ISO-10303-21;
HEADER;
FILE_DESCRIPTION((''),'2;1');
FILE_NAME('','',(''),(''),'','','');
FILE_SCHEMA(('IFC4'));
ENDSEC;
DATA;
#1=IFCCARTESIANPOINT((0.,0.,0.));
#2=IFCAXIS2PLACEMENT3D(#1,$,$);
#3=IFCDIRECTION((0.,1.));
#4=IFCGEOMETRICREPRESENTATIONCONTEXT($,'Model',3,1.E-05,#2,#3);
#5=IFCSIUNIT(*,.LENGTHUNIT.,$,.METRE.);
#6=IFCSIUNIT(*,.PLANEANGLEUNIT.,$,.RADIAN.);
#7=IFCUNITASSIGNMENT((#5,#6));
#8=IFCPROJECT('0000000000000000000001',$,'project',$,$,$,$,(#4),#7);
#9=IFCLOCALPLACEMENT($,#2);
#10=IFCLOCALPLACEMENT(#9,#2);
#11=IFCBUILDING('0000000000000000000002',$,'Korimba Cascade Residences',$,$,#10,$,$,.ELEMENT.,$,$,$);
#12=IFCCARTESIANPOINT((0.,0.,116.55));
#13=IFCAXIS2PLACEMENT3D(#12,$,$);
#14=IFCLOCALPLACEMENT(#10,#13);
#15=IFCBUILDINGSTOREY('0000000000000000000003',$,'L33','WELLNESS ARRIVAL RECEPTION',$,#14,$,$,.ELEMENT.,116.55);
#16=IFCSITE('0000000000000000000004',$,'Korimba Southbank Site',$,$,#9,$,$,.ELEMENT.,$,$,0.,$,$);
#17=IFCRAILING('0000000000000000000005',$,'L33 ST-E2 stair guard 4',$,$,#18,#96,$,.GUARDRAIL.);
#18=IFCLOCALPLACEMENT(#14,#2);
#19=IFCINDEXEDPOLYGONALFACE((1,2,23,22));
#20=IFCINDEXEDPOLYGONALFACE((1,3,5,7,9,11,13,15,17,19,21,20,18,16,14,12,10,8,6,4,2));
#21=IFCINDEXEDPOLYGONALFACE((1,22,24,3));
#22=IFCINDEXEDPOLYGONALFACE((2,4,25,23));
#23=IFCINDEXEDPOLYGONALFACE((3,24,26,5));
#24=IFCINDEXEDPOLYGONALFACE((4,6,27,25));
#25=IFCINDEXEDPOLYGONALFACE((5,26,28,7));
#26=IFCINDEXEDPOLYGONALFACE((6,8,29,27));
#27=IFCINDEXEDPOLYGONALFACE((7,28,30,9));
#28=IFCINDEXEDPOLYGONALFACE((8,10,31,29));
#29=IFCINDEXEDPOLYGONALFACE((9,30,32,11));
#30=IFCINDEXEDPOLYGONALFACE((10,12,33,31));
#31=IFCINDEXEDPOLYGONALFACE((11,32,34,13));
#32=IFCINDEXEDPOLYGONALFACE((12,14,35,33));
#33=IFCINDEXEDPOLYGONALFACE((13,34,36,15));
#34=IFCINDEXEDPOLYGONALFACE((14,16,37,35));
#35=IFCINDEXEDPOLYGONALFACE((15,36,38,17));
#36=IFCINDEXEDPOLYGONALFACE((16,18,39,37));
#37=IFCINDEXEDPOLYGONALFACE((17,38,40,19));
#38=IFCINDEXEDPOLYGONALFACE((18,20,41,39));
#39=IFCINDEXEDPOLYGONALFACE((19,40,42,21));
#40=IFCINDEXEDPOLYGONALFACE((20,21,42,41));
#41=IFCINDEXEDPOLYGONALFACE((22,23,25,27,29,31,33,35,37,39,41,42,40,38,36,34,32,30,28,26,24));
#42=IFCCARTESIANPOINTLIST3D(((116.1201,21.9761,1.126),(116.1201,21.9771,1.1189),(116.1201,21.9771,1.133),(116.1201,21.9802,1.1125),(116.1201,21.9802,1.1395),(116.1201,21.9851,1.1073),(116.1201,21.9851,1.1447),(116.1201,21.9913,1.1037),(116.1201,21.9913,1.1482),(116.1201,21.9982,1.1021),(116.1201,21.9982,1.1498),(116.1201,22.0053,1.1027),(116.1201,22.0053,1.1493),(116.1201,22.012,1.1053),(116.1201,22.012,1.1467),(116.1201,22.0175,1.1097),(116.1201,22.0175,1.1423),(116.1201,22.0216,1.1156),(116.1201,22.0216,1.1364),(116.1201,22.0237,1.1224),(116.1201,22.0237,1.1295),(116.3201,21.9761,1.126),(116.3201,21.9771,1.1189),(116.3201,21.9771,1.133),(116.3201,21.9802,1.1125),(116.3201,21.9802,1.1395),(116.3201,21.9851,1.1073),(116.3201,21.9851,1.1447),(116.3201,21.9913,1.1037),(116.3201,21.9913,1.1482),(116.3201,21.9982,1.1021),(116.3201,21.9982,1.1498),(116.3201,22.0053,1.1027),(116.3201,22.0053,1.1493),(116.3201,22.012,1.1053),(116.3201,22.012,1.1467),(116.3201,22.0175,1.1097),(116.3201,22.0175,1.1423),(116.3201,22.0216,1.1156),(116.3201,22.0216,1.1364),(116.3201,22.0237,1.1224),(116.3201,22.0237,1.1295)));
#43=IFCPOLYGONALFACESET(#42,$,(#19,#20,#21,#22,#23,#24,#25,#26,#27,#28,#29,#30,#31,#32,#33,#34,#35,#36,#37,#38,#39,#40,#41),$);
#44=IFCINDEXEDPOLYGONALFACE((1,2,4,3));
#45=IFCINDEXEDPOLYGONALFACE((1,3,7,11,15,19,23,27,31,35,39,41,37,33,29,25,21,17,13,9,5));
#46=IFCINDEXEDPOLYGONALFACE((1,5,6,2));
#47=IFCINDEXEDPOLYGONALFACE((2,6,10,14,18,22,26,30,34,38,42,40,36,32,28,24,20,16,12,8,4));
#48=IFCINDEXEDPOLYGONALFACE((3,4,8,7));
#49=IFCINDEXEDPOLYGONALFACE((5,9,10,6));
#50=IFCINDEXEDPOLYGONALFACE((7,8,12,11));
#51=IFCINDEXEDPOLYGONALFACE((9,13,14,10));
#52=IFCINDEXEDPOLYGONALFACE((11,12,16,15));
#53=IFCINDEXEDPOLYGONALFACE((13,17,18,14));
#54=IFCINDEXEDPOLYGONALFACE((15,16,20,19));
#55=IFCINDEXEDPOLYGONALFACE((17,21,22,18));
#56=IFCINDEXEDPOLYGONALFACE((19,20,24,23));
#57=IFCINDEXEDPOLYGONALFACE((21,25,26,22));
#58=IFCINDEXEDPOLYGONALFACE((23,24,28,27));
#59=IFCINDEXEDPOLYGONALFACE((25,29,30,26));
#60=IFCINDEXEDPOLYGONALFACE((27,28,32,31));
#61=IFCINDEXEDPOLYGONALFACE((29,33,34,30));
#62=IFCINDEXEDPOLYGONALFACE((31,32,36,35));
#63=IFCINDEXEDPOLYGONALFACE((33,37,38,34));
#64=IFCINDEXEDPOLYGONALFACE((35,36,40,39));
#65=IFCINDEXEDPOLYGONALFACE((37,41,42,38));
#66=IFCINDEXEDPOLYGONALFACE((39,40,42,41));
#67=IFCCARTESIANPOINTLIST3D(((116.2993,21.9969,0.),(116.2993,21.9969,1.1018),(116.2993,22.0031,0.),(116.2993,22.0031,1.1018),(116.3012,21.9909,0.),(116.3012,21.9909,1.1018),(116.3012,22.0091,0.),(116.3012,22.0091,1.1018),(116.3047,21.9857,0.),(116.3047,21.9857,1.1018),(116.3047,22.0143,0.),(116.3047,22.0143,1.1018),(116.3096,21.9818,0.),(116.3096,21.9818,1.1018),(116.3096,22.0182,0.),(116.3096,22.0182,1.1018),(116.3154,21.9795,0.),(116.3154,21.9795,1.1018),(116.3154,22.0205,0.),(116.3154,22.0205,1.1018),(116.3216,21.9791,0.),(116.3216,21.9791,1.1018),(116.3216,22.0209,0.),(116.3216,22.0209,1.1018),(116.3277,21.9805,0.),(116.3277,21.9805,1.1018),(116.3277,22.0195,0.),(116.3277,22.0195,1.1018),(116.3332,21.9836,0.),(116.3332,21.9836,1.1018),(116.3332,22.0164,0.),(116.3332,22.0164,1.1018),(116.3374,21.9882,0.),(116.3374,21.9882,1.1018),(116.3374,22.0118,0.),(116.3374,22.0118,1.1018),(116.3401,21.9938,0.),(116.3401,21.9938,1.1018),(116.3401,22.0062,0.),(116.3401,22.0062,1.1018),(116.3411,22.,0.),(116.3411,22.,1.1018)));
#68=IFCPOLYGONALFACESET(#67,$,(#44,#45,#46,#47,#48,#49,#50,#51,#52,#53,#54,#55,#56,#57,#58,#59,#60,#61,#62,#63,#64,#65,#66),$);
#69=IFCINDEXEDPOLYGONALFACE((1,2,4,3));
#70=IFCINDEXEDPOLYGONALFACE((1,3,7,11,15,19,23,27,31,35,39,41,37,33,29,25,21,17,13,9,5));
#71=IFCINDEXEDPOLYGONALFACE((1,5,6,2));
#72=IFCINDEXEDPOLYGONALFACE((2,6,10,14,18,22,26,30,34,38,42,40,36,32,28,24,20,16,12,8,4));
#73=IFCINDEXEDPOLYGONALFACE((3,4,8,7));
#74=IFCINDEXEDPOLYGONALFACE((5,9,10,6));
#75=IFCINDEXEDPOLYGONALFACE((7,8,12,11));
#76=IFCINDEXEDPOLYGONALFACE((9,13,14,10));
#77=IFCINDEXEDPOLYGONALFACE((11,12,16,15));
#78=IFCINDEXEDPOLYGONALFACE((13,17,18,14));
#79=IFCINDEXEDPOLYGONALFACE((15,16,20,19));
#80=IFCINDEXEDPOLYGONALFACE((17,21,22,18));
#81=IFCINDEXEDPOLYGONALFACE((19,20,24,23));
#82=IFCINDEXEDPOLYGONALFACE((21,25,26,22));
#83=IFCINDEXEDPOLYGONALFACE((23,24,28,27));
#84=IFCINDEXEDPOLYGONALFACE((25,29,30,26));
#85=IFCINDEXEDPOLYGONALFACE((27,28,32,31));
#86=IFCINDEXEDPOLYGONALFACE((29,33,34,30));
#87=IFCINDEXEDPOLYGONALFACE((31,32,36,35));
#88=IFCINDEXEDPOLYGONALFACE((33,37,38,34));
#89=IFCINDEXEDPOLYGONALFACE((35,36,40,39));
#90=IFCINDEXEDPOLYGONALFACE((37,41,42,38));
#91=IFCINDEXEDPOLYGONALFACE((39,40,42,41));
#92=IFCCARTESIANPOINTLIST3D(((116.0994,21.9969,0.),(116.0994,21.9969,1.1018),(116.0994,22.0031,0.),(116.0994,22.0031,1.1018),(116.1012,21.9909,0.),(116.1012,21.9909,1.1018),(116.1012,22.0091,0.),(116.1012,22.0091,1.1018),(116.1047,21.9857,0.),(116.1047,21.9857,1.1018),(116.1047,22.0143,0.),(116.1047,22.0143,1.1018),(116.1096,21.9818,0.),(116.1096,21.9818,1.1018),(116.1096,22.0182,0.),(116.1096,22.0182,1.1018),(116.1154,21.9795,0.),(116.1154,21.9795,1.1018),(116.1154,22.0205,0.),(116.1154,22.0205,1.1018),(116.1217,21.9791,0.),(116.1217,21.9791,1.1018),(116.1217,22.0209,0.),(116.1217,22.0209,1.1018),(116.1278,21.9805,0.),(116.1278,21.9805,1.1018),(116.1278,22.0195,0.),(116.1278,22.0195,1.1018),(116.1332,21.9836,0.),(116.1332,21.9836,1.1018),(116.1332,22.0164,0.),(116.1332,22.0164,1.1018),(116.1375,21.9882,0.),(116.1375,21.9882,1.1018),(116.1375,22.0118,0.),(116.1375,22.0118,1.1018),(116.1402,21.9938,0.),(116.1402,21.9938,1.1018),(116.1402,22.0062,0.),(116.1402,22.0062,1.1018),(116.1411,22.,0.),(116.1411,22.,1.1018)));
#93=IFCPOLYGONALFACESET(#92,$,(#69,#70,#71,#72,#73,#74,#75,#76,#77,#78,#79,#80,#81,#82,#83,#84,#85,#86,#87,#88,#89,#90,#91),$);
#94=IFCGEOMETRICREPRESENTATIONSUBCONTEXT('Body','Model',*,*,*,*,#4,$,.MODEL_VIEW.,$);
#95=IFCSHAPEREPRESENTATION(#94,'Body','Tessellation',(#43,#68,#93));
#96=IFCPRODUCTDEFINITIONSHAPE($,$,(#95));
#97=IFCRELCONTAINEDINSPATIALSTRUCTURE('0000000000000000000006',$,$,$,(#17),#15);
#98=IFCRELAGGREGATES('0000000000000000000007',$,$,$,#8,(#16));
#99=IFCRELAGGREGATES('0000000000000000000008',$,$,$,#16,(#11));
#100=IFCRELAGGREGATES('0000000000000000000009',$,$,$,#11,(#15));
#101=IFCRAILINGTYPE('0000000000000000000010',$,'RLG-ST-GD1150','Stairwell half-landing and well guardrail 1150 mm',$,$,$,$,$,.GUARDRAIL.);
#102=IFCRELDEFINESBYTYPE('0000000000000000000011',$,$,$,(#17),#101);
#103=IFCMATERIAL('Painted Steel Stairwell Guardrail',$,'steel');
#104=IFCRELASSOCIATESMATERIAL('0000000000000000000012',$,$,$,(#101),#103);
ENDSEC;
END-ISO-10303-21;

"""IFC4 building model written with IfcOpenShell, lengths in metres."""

from ifc_helpers import new_model, si_unit, direction, frame, origin, origin_2d, place, context, subcontext, project, spatial, circle, extrude, material, type_object, element, save


model = new_model("IFC4")

# Units and contexts
model_context = context("Model", 3, precision=1e-05, world=origin(), true_north=direction((0.0, 1.0)))
body_context = subcontext(model_context, "Body", "Model", "MODEL_VIEW")
ifc_project = project(units=[si_unit("LENGTHUNIT", "METRE"), si_unit("PLANEANGLEUNIT", "RADIAN")], contexts=[model_context])

# Site, building, storey
site_placement = place(None, origin())
site = spatial("IfcSite", under=ifc_project, at=site_placement, Name="Korimba Southbank Site", CompositionType="ELEMENT", RefElevation=0.0)
building_placement = place(site_placement, origin())
building = spatial("IfcBuilding", under=site, at=building_placement, Name="Korimba Cascade Residences", CompositionType="ELEMENT")
storey_placement = place(building_placement, frame((0.0, 0.0, 116.55)))
storey = spatial("IfcBuildingStorey", under=building, at=storey_placement, Name="L33", Description="WELLNESS ARRIVAL RECEPTION", CompositionType="ELEMENT", Elevation=116.55)

# Railing
ifc_material_1 = material(Name="Painted Steel Stairwell Guardrail", Category="steel")
railing_type_1 = type_object("IfcRailingType", Name="RLG-ST-GD1150", Description="Stairwell half-landing and well guardrail 1150 mm", PredefinedType="GUARDRAIL", material=ifc_material_1)
railing_1_placement = place(storey_placement, frame((116.3201, 22.0, 0.0)))
element("IfcRailing", 1, at=railing_1_placement, inside=storey, type_object=railing_type_1, Name="L33 ST-E2 stair guard 4", PredefinedType="GUARDRAIL", context=body_context, shape_type="SweptSolid", body=[
    extrude(circle(Radius=0.0239, at=origin_2d()), frame((0.0, 0.0, 1.126), z_axis=(-1.0, 0.0, 0.0), x_axis=(0.0, -1.0, 0.0)), (0.0, 0.0, 1.0), 0.2),
    extrude(circle(Radius=0.021, at=origin_2d()), origin(), (0.0, 0.0, 1.0), 1.1018),
    extrude(circle(Radius=0.021, at=origin_2d()), frame((-0.2, 0.0, 0.0)), (0.0, 0.0, 1.0), 1.1018),
])

save(model, "model.ifc")
